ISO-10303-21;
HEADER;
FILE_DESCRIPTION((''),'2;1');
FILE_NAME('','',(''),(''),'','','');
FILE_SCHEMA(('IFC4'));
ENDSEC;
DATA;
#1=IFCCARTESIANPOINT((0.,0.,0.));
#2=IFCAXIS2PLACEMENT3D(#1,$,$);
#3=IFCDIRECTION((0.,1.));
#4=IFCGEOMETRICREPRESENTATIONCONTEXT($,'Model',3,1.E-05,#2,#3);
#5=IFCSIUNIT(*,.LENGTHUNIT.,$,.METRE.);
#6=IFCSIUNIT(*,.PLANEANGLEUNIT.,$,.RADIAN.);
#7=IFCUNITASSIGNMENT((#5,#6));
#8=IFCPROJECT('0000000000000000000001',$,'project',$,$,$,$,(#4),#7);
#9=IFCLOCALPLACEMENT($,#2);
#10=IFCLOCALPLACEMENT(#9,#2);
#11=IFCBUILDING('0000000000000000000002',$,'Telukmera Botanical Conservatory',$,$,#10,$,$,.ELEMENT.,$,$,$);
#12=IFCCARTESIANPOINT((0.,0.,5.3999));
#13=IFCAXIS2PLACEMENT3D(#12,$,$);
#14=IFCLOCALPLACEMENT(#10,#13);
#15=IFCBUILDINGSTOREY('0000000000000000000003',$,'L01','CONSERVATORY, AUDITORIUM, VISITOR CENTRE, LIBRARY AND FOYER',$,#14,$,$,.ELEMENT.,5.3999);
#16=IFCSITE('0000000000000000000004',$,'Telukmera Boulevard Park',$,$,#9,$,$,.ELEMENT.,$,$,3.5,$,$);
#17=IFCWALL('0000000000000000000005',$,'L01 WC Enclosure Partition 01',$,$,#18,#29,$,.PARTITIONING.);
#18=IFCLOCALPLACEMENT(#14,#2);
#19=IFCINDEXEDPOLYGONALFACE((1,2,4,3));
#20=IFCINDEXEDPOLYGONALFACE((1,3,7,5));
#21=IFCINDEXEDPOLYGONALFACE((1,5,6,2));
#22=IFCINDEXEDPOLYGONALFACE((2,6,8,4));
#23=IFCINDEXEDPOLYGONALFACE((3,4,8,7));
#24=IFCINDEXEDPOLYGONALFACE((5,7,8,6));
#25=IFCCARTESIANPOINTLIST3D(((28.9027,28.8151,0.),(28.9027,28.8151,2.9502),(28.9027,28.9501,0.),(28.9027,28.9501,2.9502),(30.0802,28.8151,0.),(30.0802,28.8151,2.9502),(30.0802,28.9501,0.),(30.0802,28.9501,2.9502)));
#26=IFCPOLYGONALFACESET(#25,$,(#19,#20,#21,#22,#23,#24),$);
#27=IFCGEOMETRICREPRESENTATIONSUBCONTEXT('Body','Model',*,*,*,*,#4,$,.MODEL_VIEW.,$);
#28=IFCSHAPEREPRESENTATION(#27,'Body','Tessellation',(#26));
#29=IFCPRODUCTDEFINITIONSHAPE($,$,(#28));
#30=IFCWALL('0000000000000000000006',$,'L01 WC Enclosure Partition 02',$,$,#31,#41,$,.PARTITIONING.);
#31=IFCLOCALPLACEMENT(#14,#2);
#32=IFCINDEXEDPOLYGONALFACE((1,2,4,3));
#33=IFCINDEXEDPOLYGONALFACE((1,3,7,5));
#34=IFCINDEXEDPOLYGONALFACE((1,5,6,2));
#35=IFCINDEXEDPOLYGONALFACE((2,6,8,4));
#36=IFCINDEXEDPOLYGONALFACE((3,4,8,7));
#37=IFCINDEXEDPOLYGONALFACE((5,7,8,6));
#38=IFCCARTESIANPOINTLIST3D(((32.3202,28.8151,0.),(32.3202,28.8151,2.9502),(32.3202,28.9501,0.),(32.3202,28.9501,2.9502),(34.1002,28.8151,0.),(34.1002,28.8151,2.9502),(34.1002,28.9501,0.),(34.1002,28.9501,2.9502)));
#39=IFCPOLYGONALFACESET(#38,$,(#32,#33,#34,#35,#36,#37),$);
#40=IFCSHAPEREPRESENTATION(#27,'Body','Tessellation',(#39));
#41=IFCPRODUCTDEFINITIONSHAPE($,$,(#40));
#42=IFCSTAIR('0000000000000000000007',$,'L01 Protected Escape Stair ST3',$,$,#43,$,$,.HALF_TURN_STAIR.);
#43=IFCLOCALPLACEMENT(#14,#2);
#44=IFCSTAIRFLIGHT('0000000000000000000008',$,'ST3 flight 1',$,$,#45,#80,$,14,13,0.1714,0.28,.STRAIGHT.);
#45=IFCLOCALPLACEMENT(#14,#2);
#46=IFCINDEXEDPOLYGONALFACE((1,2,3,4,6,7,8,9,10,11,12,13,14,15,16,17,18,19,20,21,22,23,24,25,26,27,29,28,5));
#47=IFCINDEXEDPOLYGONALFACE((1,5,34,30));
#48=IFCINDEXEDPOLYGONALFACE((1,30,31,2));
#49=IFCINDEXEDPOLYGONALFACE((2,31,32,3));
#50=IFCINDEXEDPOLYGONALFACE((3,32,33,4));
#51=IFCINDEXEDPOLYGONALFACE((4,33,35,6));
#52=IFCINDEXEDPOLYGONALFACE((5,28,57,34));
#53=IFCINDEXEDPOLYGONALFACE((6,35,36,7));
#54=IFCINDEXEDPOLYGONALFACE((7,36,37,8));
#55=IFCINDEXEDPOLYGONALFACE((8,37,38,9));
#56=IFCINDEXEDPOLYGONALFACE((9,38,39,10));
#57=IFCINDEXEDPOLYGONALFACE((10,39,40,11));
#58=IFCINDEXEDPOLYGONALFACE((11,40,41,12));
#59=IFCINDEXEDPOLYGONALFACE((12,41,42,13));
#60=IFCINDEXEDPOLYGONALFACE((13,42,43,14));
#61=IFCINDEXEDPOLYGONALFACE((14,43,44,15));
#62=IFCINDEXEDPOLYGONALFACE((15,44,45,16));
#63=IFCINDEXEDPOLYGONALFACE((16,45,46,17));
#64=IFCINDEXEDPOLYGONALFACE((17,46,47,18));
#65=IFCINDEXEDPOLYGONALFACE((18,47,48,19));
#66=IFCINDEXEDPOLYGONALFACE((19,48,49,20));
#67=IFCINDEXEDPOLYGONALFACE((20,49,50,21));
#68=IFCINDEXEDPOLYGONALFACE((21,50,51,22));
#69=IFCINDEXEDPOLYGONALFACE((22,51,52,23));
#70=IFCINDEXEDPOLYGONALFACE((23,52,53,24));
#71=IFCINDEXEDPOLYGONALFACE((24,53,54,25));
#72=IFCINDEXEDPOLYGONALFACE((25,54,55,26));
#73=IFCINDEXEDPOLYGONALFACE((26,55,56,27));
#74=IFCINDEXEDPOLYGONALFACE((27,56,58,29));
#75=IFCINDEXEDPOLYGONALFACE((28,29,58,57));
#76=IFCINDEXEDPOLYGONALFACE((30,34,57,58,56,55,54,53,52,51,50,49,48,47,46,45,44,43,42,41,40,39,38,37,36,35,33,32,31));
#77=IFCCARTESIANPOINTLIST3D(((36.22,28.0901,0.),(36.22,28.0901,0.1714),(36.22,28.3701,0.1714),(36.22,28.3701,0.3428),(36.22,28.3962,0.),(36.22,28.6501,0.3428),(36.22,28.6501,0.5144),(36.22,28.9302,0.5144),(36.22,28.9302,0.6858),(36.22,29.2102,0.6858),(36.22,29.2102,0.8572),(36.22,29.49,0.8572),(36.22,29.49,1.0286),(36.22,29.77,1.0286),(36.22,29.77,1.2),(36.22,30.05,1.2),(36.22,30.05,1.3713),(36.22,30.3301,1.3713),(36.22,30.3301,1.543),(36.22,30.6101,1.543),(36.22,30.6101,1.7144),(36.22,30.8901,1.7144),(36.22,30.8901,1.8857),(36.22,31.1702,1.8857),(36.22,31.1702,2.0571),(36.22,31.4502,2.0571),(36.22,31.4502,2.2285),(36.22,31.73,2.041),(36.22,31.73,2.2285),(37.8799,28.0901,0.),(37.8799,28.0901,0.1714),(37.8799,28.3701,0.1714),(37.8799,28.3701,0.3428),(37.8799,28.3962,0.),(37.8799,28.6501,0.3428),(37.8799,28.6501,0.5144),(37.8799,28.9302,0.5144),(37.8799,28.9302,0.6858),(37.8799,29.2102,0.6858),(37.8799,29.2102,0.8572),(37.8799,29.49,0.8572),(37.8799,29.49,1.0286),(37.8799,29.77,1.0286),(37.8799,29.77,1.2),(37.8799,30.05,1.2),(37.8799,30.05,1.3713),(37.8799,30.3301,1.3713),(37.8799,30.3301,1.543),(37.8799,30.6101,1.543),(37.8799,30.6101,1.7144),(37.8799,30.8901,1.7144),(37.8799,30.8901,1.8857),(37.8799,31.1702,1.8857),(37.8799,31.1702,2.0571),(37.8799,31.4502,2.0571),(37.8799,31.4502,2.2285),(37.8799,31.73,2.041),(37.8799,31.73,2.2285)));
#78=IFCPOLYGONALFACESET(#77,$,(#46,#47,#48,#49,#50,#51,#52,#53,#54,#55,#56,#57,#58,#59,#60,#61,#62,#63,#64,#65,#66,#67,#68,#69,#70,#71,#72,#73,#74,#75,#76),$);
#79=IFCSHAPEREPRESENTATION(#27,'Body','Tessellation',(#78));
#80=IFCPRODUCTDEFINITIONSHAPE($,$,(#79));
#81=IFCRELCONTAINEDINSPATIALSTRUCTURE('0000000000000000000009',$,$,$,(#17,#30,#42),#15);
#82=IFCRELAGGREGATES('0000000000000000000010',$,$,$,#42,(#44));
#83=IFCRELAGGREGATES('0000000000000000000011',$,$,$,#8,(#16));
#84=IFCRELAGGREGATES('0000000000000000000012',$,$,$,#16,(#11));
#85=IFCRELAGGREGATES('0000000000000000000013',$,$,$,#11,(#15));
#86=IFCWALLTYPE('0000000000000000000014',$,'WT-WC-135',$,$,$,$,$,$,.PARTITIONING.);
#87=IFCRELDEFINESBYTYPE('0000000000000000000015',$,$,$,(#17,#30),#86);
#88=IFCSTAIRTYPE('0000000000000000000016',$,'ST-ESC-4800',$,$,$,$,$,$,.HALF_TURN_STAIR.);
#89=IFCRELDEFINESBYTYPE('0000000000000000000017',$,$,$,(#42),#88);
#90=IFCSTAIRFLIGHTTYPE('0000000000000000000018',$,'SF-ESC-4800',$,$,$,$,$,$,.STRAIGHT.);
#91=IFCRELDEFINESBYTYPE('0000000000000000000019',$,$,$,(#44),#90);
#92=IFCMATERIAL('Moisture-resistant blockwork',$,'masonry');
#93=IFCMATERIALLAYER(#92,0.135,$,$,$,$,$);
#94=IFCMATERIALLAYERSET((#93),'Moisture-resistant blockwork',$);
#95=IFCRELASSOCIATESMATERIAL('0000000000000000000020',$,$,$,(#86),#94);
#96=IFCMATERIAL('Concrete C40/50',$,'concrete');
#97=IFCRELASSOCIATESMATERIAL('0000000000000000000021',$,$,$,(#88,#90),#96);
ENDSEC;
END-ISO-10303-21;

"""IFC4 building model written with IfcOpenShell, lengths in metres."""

from ifc_helpers import new_model, si_unit, direction, frame, frame_2d, origin, place, context, subcontext, project, spatial, polyline, rectangle, outline, extrude, material, layer, layer_set, type_object, element, aggregate, save


model = new_model("IFC4")

# Units and contexts
model_context = context("Model", 3, precision=1e-05, world=origin(), true_north=direction((0.0, 1.0)))
body_context = subcontext(model_context, "Body", "Model", "MODEL_VIEW")
ifc_project = project(units=[si_unit("LENGTHUNIT", "METRE"), si_unit("PLANEANGLEUNIT", "RADIAN")], contexts=[model_context])

# Site, building, storey
site_placement = place(None, origin())
site = spatial("IfcSite", under=ifc_project, at=site_placement, Name="Telukmera Boulevard Park", CompositionType="ELEMENT", RefElevation=3.5)
building_placement = place(site_placement, origin())
building = spatial("IfcBuilding", under=site, at=building_placement, Name="Telukmera Botanical Conservatory", CompositionType="ELEMENT")
storey_placement = place(building_placement, frame((0.0, 0.0, 5.3999)))
storey = spatial("IfcBuildingStorey", under=building, at=storey_placement, Name="L01", Description="CONSERVATORY, AUDITORIUM, VISITOR CENTRE, LIBRARY AND FOYER", CompositionType="ELEMENT", Elevation=5.3999)

# Shared definitions
ifc_material_1 = material(Name="Concrete C40/50", Category="concrete")

# Shared definitions
ifc_material_2 = material(Name="Moisture-resistant blockwork", Category="masonry")
ifc_layer_1 = layer(ifc_material_2, 0.135)
ifc_layer_set_1 = layer_set([ifc_layer_1], Name="Moisture-resistant blockwork")
wall_type_1 = type_object("IfcWallType", Name="WT-WC-135", PredefinedType="PARTITIONING", material=ifc_layer_set_1)

# Walls
wall_1_placement = place(storey_placement, frame((28.9026, 28.8826, 0.0), z_axis=(0.0, 0.0, 1.0), x_axis=(1.0, 0.0, 0.0)))
element("IfcWall", 1, at=wall_1_placement, inside=storey, type_object=wall_type_1, Name="L01 WC Enclosure Partition 01", PredefinedType="PARTITIONING", context=body_context, shape_type="SweptSolid", body=[
    extrude(rectangle(XDim=1.1775, YDim=0.135, at=frame_2d((0.5889, 0.0))), origin(), (0.0, 0.0, 1.0), 2.9502),
])
wall_2_placement = place(storey_placement, frame((32.3201, 28.8826, 0.0), z_axis=(0.0, 0.0, 1.0), x_axis=(1.0, 0.0, 0.0)))
element("IfcWall", 2, at=wall_2_placement, inside=storey, type_object=wall_type_1, Name="L01 WC Enclosure Partition 02", PredefinedType="PARTITIONING", context=body_context, shape_type="SweptSolid", body=[
    extrude(rectangle(XDim=1.78, YDim=0.135, at=frame_2d((0.8901, 0.0))), origin(), (0.0, 0.0, 1.0), 2.9502),
])

# Stair, stair flight
stair_type = type_object("IfcStairType", Name="ST-ESC-4800", PredefinedType="HALF_TURN_STAIR", material=ifc_material_1)
stair_placement = place(storey_placement, origin())
stair = element("IfcStair", 3, at=stair_placement, inside=storey, type_object=stair_type, Name="L01 Protected Escape Stair ST3", PredefinedType="HALF_TURN_STAIR")
stair_flight_type = type_object("IfcStairFlightType", Name="SF-ESC-4800", PredefinedType="STRAIGHT", material=ifc_material_1)
stair_flight_placement = place(storey_placement, frame((37.05, 28.0901, 0.0), z_axis=(0.0, 0.0, 1.0), x_axis=(0.0, 1.0, 0.0)))
stair_flight = element("IfcStairFlight", 4, at=stair_flight_placement, type_object=stair_flight_type, Name="ST3 flight 1", NumberOfRisers=14, NumberOfTreads=13, PredefinedType="STRAIGHT", RiserHeight=0.1714, TreadLength=0.28, context=body_context, shape_type="SweptSolid", body=[
    extrude(outline(polyline([(0.0, 0.0), (0.0, 0.1714), (0.28, 0.1714), (0.28, 0.3428), (0.5601, 0.3428), (0.5601, 0.5144), (0.8401, 0.5144), (0.8401, 0.6858), (1.1201, 0.6858), (1.1201, 0.8572), (1.3999, 0.8572), (1.3999, 1.0286), (1.6799, 1.0286), (1.6799, 1.2), (1.96, 1.2), (1.96, 1.3713), (2.24, 1.3713), (2.24, 1.543), (2.52, 1.543), (2.52, 1.7144), (2.8, 1.7144), (2.8, 1.8857), (3.0801, 1.8857), (3.0801, 2.0571), (3.3601, 2.0571), (3.3601, 2.2285), (3.6399, 2.2285), (3.6399, 2.3999), (3.6399, 2.041), (0.3062, 0.0), (0.0, 0.0)])), frame((0.0, 0.8301, 0.0), z_axis=(0.0, -1.0, 0.0), x_axis=(1.0, 0.0, 0.0)), (0.0, 0.0, 1.0), 1.6599),
])
aggregate(stair, [stair_flight])

save(model, "model.ifc")
